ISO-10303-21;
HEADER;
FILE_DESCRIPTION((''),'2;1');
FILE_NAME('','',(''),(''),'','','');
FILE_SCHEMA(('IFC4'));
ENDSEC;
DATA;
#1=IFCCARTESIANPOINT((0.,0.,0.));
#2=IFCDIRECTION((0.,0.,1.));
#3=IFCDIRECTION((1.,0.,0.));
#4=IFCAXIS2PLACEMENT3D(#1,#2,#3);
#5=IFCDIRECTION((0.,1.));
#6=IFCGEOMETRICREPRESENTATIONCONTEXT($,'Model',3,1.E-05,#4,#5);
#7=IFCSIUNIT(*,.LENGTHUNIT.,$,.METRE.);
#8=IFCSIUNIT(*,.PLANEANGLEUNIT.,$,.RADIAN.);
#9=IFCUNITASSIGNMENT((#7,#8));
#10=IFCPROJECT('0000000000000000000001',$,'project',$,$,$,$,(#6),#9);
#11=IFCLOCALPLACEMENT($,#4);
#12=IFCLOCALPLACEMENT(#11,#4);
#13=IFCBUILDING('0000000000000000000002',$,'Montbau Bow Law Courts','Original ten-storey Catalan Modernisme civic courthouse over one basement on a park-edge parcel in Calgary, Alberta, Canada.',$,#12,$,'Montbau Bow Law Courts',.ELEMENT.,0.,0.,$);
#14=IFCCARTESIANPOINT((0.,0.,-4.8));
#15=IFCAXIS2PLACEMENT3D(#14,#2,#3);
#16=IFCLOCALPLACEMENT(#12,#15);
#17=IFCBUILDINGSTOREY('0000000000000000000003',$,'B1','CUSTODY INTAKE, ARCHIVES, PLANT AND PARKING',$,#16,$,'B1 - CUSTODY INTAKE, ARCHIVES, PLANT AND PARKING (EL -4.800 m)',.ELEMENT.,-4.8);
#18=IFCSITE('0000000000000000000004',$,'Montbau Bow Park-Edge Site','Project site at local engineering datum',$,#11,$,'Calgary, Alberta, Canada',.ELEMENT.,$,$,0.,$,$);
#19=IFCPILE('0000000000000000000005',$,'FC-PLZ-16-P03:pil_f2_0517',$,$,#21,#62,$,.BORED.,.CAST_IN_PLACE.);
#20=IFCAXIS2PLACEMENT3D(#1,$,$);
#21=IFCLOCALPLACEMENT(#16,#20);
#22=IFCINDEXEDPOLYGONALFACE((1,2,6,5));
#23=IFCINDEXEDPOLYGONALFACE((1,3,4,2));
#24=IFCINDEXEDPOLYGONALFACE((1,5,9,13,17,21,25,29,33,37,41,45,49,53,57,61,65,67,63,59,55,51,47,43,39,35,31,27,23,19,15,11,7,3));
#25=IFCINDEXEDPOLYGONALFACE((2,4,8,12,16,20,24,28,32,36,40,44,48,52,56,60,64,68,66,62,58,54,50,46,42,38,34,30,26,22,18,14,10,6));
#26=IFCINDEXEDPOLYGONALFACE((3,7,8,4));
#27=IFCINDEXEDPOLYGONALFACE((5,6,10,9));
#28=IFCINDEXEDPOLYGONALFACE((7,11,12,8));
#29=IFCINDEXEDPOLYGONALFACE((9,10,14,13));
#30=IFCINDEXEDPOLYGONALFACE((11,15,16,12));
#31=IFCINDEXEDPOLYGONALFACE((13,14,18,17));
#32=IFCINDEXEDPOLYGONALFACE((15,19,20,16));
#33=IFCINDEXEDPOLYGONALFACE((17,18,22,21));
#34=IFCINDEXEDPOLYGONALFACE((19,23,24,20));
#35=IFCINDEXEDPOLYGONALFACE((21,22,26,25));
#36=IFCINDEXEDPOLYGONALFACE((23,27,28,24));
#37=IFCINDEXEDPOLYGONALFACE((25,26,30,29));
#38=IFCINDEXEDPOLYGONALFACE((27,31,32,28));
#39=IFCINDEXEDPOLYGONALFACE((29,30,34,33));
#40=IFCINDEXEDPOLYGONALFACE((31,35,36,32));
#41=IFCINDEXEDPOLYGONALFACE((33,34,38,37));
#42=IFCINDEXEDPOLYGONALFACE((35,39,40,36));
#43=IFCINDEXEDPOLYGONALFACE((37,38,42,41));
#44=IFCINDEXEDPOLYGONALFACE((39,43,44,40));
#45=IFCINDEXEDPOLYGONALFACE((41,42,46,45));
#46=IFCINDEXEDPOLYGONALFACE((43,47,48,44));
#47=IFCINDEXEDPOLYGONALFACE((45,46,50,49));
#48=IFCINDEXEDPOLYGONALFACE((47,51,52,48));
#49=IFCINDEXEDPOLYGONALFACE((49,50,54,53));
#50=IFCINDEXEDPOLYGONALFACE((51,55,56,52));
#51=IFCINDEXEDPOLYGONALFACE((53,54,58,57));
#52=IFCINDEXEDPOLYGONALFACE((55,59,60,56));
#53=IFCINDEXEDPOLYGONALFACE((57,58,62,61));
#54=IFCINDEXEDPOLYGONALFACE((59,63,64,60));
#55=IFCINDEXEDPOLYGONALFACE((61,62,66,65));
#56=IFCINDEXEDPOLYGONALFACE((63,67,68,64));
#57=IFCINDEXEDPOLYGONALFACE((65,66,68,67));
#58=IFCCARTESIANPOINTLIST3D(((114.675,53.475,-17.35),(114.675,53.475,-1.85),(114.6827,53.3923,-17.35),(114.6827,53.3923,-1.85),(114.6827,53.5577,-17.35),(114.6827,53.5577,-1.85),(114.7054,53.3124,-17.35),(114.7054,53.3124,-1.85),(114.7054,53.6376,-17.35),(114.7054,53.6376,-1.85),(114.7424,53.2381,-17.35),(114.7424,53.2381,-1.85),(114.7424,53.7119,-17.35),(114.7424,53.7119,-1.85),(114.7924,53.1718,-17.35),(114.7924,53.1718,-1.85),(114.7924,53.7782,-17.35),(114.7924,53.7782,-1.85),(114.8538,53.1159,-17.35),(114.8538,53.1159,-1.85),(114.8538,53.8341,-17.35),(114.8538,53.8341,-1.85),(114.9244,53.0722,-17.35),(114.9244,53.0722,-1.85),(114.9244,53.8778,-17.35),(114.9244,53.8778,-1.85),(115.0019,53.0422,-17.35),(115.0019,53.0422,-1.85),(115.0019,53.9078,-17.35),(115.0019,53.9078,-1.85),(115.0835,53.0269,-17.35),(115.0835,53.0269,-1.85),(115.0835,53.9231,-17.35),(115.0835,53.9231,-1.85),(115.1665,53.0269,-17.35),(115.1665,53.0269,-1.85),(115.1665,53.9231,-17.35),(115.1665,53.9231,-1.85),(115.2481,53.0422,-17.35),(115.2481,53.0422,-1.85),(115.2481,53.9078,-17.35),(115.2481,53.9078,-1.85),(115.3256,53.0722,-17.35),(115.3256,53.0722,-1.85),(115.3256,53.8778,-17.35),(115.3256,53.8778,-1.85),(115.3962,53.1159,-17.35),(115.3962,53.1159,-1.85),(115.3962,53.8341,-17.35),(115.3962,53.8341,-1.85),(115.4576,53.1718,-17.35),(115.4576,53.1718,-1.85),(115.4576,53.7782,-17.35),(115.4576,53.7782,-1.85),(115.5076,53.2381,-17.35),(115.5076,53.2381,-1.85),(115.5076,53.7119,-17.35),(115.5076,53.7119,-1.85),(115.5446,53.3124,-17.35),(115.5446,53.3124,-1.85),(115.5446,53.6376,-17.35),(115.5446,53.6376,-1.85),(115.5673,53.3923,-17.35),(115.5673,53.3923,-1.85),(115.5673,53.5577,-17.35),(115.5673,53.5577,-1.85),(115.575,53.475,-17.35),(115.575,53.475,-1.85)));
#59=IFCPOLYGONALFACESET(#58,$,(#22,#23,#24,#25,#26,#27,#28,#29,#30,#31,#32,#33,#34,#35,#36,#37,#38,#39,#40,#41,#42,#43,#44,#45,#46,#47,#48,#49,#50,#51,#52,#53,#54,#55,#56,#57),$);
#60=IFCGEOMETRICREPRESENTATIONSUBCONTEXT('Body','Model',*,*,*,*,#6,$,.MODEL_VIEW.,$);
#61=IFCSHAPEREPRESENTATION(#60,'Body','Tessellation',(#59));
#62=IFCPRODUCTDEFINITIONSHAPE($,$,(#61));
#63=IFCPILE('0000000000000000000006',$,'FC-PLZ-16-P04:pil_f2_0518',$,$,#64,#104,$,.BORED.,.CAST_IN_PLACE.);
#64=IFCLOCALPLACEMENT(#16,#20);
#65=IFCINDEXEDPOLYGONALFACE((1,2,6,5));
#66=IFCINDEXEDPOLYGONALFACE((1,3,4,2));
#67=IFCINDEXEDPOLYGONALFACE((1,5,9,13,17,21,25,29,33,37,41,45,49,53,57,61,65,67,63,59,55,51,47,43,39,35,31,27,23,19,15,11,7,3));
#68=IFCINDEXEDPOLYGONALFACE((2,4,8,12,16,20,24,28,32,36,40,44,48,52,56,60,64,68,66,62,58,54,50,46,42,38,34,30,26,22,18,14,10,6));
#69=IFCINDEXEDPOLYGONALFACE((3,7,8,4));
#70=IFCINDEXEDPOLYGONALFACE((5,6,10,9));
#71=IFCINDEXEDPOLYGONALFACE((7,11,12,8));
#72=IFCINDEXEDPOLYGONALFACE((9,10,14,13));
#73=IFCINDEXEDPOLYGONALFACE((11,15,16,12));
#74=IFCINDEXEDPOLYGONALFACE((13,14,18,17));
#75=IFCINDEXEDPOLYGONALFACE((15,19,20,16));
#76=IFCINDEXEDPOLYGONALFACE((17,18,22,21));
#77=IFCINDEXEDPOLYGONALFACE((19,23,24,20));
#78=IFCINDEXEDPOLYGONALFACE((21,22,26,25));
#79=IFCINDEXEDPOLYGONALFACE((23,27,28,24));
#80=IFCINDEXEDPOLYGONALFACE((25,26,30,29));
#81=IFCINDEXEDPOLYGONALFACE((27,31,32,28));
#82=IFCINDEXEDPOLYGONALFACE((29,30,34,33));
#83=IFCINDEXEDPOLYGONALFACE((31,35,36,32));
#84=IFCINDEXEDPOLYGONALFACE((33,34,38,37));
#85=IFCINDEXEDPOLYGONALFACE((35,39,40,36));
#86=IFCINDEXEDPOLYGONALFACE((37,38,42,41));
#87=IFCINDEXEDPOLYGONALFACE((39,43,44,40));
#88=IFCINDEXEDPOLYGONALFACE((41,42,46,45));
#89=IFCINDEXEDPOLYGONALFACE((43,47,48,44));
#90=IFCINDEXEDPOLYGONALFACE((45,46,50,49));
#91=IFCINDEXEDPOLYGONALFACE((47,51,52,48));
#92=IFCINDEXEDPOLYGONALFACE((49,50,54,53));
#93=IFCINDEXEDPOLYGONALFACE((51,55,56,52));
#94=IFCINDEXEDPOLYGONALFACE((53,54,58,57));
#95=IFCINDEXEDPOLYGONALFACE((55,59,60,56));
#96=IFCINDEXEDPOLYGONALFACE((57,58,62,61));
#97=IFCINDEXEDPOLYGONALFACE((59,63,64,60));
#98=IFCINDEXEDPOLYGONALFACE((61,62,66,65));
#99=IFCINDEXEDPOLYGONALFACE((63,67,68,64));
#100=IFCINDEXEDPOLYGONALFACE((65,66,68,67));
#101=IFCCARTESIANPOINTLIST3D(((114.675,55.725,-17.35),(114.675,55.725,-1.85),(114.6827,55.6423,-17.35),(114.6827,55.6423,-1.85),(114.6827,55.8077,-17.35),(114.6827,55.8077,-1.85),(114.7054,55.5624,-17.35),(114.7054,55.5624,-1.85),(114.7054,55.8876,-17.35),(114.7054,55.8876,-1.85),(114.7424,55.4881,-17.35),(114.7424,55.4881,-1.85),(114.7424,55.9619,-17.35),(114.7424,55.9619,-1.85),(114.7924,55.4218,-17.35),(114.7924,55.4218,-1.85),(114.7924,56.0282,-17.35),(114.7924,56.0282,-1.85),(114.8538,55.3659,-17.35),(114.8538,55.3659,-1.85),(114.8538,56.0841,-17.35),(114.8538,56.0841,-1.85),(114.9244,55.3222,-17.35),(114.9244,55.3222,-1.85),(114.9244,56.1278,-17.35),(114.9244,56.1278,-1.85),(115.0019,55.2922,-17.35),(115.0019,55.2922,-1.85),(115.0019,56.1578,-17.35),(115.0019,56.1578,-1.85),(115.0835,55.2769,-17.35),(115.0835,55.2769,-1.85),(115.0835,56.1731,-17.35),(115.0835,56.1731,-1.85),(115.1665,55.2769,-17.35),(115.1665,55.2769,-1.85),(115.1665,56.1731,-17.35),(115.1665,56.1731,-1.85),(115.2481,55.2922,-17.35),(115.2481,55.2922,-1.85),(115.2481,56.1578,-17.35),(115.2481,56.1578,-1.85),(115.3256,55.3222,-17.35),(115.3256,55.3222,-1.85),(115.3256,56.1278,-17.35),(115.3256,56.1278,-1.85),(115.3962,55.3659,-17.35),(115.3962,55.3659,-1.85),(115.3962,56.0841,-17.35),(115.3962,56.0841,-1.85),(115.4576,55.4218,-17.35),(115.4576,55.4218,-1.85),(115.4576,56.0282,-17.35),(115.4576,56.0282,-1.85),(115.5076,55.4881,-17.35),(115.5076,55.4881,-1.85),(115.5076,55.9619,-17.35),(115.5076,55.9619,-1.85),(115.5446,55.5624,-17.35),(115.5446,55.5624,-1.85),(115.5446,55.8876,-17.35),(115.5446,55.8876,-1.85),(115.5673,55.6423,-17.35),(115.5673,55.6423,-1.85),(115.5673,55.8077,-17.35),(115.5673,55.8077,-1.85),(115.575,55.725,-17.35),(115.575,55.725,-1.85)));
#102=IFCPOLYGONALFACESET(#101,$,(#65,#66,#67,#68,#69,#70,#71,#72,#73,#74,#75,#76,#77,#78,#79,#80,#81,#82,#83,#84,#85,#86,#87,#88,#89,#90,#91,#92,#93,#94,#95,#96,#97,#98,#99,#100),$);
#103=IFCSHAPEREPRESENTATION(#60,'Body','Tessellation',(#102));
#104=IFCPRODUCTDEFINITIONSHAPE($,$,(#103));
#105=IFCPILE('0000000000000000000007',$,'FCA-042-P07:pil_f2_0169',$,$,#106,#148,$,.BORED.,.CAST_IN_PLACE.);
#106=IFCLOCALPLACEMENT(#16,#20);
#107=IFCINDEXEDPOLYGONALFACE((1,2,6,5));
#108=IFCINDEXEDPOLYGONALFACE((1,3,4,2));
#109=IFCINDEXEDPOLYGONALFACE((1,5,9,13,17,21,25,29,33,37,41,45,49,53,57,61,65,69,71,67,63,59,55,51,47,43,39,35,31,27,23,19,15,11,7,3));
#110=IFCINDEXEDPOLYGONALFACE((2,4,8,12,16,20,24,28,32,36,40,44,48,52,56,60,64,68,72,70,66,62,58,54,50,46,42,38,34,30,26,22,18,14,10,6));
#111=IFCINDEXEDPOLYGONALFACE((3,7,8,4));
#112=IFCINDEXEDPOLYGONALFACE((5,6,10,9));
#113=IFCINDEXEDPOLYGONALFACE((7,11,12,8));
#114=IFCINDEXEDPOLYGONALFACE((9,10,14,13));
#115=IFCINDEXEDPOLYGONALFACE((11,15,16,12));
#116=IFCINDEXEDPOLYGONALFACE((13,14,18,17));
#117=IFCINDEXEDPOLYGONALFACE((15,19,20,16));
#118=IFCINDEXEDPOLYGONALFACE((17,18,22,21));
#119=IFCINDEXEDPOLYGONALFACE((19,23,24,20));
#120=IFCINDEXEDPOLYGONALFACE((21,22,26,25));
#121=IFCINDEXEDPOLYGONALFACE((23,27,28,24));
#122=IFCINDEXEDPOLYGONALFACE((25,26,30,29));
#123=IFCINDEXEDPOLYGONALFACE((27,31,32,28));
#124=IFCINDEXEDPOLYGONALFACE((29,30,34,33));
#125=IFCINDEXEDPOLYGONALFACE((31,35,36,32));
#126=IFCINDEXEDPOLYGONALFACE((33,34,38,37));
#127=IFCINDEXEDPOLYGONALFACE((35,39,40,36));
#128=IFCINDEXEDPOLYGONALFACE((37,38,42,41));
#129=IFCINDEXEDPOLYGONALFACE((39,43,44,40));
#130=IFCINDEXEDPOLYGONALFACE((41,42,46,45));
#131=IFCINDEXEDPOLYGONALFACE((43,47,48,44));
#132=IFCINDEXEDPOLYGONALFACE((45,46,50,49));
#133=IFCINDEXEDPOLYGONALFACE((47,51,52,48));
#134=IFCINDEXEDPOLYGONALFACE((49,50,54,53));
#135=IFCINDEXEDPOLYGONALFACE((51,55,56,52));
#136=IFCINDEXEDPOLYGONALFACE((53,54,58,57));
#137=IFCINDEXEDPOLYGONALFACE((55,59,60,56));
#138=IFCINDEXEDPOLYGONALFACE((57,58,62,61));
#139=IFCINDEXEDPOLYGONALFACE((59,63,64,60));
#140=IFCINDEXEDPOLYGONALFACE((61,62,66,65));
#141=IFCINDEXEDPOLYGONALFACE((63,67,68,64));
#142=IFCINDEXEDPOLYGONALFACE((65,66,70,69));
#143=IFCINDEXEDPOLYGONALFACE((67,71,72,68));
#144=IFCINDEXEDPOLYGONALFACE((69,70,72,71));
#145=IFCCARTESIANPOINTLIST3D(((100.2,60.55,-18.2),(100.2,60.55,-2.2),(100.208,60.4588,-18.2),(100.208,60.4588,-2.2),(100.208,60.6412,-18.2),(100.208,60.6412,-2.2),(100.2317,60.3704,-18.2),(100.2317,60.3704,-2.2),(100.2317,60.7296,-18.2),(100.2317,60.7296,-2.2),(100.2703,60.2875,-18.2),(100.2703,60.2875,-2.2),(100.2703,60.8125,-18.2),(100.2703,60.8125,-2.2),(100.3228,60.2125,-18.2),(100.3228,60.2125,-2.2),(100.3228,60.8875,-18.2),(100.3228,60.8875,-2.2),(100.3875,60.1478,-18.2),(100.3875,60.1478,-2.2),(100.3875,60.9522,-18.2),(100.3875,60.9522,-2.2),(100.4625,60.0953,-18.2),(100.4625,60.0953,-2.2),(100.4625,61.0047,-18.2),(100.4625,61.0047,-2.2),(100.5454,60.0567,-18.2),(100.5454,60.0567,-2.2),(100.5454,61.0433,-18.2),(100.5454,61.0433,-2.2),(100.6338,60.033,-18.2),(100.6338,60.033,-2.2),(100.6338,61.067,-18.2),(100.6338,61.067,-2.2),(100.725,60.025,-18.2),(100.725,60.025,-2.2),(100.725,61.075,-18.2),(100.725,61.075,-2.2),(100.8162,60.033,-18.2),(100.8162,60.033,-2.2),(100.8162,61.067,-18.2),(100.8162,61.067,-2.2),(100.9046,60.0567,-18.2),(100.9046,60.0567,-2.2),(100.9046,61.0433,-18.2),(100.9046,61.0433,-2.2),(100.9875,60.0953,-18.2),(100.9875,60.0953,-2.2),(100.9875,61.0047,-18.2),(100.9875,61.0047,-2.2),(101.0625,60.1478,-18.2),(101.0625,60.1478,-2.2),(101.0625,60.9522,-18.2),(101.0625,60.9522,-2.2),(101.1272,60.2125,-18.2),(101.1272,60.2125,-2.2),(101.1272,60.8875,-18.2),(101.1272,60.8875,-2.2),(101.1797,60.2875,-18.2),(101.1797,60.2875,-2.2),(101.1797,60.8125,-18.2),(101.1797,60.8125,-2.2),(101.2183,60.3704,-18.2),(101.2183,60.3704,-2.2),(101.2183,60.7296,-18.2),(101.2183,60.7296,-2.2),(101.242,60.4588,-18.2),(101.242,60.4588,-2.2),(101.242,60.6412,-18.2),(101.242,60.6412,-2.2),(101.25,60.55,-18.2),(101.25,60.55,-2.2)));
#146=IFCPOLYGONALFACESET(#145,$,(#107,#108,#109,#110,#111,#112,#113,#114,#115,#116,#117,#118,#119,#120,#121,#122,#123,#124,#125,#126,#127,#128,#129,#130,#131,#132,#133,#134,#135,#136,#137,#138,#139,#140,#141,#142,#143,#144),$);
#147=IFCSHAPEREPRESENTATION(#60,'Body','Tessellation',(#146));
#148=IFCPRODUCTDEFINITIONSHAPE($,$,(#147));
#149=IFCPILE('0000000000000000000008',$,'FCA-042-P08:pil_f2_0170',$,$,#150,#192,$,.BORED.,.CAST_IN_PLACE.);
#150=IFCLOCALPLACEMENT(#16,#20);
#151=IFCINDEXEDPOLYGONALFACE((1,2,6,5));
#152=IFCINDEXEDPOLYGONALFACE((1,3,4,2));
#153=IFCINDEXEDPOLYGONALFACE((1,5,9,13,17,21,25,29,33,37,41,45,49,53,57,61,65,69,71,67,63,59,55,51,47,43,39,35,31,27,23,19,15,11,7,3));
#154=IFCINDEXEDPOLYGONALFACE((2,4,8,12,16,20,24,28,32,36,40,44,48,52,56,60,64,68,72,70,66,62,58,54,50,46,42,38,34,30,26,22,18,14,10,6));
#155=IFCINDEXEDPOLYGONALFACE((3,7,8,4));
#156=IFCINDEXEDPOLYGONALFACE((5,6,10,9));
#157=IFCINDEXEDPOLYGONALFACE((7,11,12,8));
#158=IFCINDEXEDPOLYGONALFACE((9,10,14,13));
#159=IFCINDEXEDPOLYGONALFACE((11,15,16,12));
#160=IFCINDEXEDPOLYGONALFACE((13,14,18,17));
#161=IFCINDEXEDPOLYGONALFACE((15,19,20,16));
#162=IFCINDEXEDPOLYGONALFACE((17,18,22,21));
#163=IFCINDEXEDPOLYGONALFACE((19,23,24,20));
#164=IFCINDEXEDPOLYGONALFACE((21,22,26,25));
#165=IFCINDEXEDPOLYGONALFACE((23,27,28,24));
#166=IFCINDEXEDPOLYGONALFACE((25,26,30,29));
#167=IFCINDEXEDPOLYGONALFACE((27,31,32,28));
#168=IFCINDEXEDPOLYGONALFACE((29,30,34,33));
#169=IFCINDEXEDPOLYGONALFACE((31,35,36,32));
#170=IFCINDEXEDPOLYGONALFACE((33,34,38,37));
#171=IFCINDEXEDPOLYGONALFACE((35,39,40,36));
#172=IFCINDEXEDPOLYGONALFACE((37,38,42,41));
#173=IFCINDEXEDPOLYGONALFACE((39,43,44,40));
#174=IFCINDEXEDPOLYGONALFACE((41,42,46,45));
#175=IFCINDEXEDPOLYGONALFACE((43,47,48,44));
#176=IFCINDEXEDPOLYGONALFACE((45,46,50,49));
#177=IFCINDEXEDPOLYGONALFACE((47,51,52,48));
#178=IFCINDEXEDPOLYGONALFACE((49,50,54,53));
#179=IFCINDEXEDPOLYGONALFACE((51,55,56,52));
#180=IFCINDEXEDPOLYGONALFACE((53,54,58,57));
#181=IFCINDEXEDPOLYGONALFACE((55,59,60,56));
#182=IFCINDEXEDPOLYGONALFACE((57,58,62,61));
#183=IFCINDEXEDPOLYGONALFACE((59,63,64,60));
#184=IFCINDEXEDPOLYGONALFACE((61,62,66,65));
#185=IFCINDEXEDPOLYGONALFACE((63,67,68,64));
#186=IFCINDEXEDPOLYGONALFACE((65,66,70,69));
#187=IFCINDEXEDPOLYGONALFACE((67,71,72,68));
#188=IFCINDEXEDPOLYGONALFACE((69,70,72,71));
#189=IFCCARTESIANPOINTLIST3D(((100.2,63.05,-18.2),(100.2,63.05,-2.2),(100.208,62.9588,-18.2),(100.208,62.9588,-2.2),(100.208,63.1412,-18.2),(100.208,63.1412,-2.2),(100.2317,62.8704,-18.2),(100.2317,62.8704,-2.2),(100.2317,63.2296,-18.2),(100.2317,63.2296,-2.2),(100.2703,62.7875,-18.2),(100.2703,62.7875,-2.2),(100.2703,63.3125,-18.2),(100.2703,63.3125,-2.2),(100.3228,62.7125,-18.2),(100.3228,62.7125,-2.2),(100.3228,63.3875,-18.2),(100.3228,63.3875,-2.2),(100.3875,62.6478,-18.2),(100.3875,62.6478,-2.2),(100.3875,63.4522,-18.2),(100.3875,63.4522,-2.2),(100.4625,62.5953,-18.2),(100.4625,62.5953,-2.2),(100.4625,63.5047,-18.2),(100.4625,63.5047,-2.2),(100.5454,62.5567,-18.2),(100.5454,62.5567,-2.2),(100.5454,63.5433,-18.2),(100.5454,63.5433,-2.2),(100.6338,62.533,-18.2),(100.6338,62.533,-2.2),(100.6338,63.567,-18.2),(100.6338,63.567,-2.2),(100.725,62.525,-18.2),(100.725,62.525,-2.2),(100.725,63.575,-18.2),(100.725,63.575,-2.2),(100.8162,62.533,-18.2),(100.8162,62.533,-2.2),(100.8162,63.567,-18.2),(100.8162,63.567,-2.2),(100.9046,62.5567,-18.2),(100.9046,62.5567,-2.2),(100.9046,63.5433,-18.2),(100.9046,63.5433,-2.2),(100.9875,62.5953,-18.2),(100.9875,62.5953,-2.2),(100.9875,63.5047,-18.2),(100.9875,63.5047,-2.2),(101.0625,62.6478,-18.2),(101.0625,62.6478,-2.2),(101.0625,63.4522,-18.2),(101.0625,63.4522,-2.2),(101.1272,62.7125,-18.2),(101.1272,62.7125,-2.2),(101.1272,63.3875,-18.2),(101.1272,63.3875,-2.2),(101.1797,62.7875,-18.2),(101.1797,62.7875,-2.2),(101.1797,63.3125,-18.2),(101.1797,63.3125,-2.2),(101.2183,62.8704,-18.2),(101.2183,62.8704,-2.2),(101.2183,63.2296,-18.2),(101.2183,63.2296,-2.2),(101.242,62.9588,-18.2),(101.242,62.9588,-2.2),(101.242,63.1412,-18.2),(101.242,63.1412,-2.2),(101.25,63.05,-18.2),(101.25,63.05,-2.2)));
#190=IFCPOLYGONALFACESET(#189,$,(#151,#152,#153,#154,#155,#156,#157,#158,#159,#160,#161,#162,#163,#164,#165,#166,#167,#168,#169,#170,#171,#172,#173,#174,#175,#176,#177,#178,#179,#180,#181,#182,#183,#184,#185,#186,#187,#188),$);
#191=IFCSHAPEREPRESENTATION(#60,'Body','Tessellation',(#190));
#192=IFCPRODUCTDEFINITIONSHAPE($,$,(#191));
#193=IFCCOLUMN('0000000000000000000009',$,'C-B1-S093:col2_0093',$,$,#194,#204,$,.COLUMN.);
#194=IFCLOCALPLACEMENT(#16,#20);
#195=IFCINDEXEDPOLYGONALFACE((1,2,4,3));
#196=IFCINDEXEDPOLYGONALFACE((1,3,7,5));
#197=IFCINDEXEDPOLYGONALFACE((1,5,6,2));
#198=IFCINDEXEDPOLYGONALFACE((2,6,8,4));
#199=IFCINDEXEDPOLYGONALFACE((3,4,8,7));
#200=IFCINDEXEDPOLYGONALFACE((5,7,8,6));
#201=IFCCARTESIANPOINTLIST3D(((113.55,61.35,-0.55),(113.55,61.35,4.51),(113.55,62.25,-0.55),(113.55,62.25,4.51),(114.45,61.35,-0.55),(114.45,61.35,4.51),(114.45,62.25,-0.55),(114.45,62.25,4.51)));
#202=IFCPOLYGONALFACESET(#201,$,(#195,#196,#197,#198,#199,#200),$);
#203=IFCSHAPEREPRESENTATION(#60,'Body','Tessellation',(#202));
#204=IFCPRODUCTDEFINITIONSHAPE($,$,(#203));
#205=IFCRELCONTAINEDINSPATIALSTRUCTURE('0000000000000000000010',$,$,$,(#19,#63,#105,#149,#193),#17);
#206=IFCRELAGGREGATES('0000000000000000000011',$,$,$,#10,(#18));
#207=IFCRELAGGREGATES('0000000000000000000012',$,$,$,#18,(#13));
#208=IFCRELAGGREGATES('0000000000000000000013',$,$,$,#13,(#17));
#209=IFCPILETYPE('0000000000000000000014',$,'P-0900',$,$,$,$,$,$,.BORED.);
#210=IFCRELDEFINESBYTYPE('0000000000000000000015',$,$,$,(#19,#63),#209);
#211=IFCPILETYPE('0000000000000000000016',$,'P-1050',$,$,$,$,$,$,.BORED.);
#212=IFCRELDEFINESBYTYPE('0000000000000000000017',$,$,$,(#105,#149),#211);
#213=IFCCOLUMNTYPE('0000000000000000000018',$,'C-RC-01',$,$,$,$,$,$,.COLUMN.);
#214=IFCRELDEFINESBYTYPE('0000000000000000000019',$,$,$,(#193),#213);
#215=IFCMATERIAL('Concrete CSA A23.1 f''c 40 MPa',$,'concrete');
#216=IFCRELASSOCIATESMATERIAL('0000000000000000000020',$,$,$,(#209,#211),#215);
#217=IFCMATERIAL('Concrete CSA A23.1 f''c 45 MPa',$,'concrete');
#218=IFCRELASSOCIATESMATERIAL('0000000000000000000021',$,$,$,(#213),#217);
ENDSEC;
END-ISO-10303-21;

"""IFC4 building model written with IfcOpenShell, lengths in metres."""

from ifc_helpers import new_model, si_unit, direction, frame, origin_with_axes, origin_2d_with_axis, place, context, subcontext, project, spatial, rectangle, circle, extrude, material, material_profile, profile_set, type_object, element, save


model = new_model("IFC4")

# Units and contexts
model_context = context("Model", 3, precision=1e-05, world=origin_with_axes(), true_north=direction((0.0, 1.0)))
body_context = subcontext(model_context, "Body", "Model", "MODEL_VIEW")
ifc_project = project(units=[si_unit("LENGTHUNIT", "METRE"), si_unit("PLANEANGLEUNIT", "RADIAN")], contexts=[model_context])

# Site, building, storey
site_placement = place(None, origin_with_axes())
site = spatial("IfcSite", under=ifc_project, at=site_placement, Name="Montbau Bow Park-Edge Site", Description="Project site at local engineering datum", LongName="Calgary, Alberta, Canada", CompositionType="ELEMENT", RefElevation=0.0)
building_placement = place(site_placement, origin_with_axes())
building = spatial("IfcBuilding", under=site, at=building_placement, Name="Montbau Bow Law Courts", Description="Original ten-storey Catalan Modernisme civic courthouse over one basement on a park-edge parcel in Calgary, Alberta, Canada.", LongName="Montbau Bow Law Courts", CompositionType="ELEMENT", ElevationOfRefHeight=0.0, ElevationOfTerrain=0.0)
storey_placement = place(building_placement, frame((0.0, 0.0, -4.8), z_axis=(0.0, 0.0, 1.0), x_axis=(1.0, 0.0, 0.0)))
storey = spatial("IfcBuildingStorey", under=building, at=storey_placement, Name="B1", Description="CUSTODY INTAKE, ARCHIVES, PLANT AND PARKING", LongName="B1 - CUSTODY INTAKE, ARCHIVES, PLANT AND PARKING (EL -4.800 m)", CompositionType="ELEMENT", Elevation=-4.8)

# Piles
ifc_material_1 = material(Name="Concrete CSA A23.1 f'c 40 MPa", Category="concrete")
ifc_material_profile_1 = material_profile(ifc_material_1, circle(Radius=0.45, at=origin_2d_with_axis()), Name="BP900", Category="Main", Priority=0)
ifc_profile_set_1 = profile_set([ifc_material_profile_1], Name="Concrete CSA A23.1 f'c 40 MPa")
pile_type_1 = type_object("IfcPileType", Name="P-0900", PredefinedType="BORED", material=ifc_profile_set_1)
for number, where, z_axis, x_axis, name in (
    (1, (115.125, 53.475, -22.15), (0.0, 0.0, 1.0), (1.0, 0.0, 0.0), "FC-PLZ-16-P03:pil_f2_0517"),
    (2, (115.125, 55.725, -22.15), (0.0, 0.0, 1.0), (1.0, 0.0, 0.0), "FC-PLZ-16-P04:pil_f2_0518"),
):
    element("IfcPile", number, at=place(None, frame(where, z_axis=z_axis, x_axis=x_axis)), inside=storey, type_object=pile_type_1, Name=name, ConstructionType="CAST_IN_PLACE", PredefinedType="BORED", context=body_context, shape_type="SweptSolid", body=[
        extrude(circle(Radius=0.45, at=origin_2d_with_axis()), origin_with_axes(), (0.0, 0.0, 1.0), 15.5),
    ])
ifc_material_profile_2 = material_profile(ifc_material_1, circle(Radius=0.525, at=origin_2d_with_axis()), Name="BP1050", Category="Main", Priority=0)
ifc_profile_set_2 = profile_set([ifc_material_profile_2], Name="Concrete CSA A23.1 f'c 40 MPa")
pile_type_2 = type_object("IfcPileType", Name="P-1050", PredefinedType="BORED", material=ifc_profile_set_2)
for number, where, z_axis, x_axis, name in (
    (3, (100.725, 60.55, -23.0), (0.0, 0.0, 1.0), (1.0, 0.0, 0.0), "FCA-042-P07:pil_f2_0169"),
    (4, (100.725, 63.05, -23.0), (0.0, 0.0, 1.0), (1.0, 0.0, 0.0), "FCA-042-P08:pil_f2_0170"),
):
    element("IfcPile", number, at=place(None, frame(where, z_axis=z_axis, x_axis=x_axis)), inside=storey, type_object=pile_type_2, Name=name, ConstructionType="CAST_IN_PLACE", PredefinedType="BORED", context=body_context, shape_type="SweptSolid", body=[
        extrude(circle(Radius=0.525, at=origin_2d_with_axis()), origin_with_axes(), (0.0, 0.0, 1.0), 16.0),
    ])

# Column
ifc_material_2 = material(Name="Concrete CSA A23.1 f'c 45 MPa", Category="concrete")
ifc_material_profile_3 = material_profile(ifc_material_2, rectangle(XDim=0.9, YDim=0.9, at=origin_2d_with_axis()), Name="RC900X900", Category="Main", Priority=0)
ifc_profile_set_3 = profile_set([ifc_material_profile_3], Name="Concrete CSA A23.1 f'c 45 MPa")
column_type_1 = type_object("IfcColumnType", Name="C-RC-01", PredefinedType="COLUMN", material=ifc_profile_set_3)
column_1_placement = place(None, frame((114.0, 61.8, -5.35), z_axis=(0.0, 0.0, 1.0), x_axis=(1.0, 0.0, 0.0)))
element("IfcColumn", 5, at=column_1_placement, inside=storey, type_object=column_type_1, Name="C-B1-S093:col2_0093", PredefinedType="COLUMN", context=body_context, shape_type="SweptSolid", body=[
    extrude(rectangle(XDim=0.9, YDim=0.9, at=origin_2d_with_axis()), origin_with_axes(), (0.0, 0.0, 1.0), 5.06),
])

save(model, "model.ifc")
